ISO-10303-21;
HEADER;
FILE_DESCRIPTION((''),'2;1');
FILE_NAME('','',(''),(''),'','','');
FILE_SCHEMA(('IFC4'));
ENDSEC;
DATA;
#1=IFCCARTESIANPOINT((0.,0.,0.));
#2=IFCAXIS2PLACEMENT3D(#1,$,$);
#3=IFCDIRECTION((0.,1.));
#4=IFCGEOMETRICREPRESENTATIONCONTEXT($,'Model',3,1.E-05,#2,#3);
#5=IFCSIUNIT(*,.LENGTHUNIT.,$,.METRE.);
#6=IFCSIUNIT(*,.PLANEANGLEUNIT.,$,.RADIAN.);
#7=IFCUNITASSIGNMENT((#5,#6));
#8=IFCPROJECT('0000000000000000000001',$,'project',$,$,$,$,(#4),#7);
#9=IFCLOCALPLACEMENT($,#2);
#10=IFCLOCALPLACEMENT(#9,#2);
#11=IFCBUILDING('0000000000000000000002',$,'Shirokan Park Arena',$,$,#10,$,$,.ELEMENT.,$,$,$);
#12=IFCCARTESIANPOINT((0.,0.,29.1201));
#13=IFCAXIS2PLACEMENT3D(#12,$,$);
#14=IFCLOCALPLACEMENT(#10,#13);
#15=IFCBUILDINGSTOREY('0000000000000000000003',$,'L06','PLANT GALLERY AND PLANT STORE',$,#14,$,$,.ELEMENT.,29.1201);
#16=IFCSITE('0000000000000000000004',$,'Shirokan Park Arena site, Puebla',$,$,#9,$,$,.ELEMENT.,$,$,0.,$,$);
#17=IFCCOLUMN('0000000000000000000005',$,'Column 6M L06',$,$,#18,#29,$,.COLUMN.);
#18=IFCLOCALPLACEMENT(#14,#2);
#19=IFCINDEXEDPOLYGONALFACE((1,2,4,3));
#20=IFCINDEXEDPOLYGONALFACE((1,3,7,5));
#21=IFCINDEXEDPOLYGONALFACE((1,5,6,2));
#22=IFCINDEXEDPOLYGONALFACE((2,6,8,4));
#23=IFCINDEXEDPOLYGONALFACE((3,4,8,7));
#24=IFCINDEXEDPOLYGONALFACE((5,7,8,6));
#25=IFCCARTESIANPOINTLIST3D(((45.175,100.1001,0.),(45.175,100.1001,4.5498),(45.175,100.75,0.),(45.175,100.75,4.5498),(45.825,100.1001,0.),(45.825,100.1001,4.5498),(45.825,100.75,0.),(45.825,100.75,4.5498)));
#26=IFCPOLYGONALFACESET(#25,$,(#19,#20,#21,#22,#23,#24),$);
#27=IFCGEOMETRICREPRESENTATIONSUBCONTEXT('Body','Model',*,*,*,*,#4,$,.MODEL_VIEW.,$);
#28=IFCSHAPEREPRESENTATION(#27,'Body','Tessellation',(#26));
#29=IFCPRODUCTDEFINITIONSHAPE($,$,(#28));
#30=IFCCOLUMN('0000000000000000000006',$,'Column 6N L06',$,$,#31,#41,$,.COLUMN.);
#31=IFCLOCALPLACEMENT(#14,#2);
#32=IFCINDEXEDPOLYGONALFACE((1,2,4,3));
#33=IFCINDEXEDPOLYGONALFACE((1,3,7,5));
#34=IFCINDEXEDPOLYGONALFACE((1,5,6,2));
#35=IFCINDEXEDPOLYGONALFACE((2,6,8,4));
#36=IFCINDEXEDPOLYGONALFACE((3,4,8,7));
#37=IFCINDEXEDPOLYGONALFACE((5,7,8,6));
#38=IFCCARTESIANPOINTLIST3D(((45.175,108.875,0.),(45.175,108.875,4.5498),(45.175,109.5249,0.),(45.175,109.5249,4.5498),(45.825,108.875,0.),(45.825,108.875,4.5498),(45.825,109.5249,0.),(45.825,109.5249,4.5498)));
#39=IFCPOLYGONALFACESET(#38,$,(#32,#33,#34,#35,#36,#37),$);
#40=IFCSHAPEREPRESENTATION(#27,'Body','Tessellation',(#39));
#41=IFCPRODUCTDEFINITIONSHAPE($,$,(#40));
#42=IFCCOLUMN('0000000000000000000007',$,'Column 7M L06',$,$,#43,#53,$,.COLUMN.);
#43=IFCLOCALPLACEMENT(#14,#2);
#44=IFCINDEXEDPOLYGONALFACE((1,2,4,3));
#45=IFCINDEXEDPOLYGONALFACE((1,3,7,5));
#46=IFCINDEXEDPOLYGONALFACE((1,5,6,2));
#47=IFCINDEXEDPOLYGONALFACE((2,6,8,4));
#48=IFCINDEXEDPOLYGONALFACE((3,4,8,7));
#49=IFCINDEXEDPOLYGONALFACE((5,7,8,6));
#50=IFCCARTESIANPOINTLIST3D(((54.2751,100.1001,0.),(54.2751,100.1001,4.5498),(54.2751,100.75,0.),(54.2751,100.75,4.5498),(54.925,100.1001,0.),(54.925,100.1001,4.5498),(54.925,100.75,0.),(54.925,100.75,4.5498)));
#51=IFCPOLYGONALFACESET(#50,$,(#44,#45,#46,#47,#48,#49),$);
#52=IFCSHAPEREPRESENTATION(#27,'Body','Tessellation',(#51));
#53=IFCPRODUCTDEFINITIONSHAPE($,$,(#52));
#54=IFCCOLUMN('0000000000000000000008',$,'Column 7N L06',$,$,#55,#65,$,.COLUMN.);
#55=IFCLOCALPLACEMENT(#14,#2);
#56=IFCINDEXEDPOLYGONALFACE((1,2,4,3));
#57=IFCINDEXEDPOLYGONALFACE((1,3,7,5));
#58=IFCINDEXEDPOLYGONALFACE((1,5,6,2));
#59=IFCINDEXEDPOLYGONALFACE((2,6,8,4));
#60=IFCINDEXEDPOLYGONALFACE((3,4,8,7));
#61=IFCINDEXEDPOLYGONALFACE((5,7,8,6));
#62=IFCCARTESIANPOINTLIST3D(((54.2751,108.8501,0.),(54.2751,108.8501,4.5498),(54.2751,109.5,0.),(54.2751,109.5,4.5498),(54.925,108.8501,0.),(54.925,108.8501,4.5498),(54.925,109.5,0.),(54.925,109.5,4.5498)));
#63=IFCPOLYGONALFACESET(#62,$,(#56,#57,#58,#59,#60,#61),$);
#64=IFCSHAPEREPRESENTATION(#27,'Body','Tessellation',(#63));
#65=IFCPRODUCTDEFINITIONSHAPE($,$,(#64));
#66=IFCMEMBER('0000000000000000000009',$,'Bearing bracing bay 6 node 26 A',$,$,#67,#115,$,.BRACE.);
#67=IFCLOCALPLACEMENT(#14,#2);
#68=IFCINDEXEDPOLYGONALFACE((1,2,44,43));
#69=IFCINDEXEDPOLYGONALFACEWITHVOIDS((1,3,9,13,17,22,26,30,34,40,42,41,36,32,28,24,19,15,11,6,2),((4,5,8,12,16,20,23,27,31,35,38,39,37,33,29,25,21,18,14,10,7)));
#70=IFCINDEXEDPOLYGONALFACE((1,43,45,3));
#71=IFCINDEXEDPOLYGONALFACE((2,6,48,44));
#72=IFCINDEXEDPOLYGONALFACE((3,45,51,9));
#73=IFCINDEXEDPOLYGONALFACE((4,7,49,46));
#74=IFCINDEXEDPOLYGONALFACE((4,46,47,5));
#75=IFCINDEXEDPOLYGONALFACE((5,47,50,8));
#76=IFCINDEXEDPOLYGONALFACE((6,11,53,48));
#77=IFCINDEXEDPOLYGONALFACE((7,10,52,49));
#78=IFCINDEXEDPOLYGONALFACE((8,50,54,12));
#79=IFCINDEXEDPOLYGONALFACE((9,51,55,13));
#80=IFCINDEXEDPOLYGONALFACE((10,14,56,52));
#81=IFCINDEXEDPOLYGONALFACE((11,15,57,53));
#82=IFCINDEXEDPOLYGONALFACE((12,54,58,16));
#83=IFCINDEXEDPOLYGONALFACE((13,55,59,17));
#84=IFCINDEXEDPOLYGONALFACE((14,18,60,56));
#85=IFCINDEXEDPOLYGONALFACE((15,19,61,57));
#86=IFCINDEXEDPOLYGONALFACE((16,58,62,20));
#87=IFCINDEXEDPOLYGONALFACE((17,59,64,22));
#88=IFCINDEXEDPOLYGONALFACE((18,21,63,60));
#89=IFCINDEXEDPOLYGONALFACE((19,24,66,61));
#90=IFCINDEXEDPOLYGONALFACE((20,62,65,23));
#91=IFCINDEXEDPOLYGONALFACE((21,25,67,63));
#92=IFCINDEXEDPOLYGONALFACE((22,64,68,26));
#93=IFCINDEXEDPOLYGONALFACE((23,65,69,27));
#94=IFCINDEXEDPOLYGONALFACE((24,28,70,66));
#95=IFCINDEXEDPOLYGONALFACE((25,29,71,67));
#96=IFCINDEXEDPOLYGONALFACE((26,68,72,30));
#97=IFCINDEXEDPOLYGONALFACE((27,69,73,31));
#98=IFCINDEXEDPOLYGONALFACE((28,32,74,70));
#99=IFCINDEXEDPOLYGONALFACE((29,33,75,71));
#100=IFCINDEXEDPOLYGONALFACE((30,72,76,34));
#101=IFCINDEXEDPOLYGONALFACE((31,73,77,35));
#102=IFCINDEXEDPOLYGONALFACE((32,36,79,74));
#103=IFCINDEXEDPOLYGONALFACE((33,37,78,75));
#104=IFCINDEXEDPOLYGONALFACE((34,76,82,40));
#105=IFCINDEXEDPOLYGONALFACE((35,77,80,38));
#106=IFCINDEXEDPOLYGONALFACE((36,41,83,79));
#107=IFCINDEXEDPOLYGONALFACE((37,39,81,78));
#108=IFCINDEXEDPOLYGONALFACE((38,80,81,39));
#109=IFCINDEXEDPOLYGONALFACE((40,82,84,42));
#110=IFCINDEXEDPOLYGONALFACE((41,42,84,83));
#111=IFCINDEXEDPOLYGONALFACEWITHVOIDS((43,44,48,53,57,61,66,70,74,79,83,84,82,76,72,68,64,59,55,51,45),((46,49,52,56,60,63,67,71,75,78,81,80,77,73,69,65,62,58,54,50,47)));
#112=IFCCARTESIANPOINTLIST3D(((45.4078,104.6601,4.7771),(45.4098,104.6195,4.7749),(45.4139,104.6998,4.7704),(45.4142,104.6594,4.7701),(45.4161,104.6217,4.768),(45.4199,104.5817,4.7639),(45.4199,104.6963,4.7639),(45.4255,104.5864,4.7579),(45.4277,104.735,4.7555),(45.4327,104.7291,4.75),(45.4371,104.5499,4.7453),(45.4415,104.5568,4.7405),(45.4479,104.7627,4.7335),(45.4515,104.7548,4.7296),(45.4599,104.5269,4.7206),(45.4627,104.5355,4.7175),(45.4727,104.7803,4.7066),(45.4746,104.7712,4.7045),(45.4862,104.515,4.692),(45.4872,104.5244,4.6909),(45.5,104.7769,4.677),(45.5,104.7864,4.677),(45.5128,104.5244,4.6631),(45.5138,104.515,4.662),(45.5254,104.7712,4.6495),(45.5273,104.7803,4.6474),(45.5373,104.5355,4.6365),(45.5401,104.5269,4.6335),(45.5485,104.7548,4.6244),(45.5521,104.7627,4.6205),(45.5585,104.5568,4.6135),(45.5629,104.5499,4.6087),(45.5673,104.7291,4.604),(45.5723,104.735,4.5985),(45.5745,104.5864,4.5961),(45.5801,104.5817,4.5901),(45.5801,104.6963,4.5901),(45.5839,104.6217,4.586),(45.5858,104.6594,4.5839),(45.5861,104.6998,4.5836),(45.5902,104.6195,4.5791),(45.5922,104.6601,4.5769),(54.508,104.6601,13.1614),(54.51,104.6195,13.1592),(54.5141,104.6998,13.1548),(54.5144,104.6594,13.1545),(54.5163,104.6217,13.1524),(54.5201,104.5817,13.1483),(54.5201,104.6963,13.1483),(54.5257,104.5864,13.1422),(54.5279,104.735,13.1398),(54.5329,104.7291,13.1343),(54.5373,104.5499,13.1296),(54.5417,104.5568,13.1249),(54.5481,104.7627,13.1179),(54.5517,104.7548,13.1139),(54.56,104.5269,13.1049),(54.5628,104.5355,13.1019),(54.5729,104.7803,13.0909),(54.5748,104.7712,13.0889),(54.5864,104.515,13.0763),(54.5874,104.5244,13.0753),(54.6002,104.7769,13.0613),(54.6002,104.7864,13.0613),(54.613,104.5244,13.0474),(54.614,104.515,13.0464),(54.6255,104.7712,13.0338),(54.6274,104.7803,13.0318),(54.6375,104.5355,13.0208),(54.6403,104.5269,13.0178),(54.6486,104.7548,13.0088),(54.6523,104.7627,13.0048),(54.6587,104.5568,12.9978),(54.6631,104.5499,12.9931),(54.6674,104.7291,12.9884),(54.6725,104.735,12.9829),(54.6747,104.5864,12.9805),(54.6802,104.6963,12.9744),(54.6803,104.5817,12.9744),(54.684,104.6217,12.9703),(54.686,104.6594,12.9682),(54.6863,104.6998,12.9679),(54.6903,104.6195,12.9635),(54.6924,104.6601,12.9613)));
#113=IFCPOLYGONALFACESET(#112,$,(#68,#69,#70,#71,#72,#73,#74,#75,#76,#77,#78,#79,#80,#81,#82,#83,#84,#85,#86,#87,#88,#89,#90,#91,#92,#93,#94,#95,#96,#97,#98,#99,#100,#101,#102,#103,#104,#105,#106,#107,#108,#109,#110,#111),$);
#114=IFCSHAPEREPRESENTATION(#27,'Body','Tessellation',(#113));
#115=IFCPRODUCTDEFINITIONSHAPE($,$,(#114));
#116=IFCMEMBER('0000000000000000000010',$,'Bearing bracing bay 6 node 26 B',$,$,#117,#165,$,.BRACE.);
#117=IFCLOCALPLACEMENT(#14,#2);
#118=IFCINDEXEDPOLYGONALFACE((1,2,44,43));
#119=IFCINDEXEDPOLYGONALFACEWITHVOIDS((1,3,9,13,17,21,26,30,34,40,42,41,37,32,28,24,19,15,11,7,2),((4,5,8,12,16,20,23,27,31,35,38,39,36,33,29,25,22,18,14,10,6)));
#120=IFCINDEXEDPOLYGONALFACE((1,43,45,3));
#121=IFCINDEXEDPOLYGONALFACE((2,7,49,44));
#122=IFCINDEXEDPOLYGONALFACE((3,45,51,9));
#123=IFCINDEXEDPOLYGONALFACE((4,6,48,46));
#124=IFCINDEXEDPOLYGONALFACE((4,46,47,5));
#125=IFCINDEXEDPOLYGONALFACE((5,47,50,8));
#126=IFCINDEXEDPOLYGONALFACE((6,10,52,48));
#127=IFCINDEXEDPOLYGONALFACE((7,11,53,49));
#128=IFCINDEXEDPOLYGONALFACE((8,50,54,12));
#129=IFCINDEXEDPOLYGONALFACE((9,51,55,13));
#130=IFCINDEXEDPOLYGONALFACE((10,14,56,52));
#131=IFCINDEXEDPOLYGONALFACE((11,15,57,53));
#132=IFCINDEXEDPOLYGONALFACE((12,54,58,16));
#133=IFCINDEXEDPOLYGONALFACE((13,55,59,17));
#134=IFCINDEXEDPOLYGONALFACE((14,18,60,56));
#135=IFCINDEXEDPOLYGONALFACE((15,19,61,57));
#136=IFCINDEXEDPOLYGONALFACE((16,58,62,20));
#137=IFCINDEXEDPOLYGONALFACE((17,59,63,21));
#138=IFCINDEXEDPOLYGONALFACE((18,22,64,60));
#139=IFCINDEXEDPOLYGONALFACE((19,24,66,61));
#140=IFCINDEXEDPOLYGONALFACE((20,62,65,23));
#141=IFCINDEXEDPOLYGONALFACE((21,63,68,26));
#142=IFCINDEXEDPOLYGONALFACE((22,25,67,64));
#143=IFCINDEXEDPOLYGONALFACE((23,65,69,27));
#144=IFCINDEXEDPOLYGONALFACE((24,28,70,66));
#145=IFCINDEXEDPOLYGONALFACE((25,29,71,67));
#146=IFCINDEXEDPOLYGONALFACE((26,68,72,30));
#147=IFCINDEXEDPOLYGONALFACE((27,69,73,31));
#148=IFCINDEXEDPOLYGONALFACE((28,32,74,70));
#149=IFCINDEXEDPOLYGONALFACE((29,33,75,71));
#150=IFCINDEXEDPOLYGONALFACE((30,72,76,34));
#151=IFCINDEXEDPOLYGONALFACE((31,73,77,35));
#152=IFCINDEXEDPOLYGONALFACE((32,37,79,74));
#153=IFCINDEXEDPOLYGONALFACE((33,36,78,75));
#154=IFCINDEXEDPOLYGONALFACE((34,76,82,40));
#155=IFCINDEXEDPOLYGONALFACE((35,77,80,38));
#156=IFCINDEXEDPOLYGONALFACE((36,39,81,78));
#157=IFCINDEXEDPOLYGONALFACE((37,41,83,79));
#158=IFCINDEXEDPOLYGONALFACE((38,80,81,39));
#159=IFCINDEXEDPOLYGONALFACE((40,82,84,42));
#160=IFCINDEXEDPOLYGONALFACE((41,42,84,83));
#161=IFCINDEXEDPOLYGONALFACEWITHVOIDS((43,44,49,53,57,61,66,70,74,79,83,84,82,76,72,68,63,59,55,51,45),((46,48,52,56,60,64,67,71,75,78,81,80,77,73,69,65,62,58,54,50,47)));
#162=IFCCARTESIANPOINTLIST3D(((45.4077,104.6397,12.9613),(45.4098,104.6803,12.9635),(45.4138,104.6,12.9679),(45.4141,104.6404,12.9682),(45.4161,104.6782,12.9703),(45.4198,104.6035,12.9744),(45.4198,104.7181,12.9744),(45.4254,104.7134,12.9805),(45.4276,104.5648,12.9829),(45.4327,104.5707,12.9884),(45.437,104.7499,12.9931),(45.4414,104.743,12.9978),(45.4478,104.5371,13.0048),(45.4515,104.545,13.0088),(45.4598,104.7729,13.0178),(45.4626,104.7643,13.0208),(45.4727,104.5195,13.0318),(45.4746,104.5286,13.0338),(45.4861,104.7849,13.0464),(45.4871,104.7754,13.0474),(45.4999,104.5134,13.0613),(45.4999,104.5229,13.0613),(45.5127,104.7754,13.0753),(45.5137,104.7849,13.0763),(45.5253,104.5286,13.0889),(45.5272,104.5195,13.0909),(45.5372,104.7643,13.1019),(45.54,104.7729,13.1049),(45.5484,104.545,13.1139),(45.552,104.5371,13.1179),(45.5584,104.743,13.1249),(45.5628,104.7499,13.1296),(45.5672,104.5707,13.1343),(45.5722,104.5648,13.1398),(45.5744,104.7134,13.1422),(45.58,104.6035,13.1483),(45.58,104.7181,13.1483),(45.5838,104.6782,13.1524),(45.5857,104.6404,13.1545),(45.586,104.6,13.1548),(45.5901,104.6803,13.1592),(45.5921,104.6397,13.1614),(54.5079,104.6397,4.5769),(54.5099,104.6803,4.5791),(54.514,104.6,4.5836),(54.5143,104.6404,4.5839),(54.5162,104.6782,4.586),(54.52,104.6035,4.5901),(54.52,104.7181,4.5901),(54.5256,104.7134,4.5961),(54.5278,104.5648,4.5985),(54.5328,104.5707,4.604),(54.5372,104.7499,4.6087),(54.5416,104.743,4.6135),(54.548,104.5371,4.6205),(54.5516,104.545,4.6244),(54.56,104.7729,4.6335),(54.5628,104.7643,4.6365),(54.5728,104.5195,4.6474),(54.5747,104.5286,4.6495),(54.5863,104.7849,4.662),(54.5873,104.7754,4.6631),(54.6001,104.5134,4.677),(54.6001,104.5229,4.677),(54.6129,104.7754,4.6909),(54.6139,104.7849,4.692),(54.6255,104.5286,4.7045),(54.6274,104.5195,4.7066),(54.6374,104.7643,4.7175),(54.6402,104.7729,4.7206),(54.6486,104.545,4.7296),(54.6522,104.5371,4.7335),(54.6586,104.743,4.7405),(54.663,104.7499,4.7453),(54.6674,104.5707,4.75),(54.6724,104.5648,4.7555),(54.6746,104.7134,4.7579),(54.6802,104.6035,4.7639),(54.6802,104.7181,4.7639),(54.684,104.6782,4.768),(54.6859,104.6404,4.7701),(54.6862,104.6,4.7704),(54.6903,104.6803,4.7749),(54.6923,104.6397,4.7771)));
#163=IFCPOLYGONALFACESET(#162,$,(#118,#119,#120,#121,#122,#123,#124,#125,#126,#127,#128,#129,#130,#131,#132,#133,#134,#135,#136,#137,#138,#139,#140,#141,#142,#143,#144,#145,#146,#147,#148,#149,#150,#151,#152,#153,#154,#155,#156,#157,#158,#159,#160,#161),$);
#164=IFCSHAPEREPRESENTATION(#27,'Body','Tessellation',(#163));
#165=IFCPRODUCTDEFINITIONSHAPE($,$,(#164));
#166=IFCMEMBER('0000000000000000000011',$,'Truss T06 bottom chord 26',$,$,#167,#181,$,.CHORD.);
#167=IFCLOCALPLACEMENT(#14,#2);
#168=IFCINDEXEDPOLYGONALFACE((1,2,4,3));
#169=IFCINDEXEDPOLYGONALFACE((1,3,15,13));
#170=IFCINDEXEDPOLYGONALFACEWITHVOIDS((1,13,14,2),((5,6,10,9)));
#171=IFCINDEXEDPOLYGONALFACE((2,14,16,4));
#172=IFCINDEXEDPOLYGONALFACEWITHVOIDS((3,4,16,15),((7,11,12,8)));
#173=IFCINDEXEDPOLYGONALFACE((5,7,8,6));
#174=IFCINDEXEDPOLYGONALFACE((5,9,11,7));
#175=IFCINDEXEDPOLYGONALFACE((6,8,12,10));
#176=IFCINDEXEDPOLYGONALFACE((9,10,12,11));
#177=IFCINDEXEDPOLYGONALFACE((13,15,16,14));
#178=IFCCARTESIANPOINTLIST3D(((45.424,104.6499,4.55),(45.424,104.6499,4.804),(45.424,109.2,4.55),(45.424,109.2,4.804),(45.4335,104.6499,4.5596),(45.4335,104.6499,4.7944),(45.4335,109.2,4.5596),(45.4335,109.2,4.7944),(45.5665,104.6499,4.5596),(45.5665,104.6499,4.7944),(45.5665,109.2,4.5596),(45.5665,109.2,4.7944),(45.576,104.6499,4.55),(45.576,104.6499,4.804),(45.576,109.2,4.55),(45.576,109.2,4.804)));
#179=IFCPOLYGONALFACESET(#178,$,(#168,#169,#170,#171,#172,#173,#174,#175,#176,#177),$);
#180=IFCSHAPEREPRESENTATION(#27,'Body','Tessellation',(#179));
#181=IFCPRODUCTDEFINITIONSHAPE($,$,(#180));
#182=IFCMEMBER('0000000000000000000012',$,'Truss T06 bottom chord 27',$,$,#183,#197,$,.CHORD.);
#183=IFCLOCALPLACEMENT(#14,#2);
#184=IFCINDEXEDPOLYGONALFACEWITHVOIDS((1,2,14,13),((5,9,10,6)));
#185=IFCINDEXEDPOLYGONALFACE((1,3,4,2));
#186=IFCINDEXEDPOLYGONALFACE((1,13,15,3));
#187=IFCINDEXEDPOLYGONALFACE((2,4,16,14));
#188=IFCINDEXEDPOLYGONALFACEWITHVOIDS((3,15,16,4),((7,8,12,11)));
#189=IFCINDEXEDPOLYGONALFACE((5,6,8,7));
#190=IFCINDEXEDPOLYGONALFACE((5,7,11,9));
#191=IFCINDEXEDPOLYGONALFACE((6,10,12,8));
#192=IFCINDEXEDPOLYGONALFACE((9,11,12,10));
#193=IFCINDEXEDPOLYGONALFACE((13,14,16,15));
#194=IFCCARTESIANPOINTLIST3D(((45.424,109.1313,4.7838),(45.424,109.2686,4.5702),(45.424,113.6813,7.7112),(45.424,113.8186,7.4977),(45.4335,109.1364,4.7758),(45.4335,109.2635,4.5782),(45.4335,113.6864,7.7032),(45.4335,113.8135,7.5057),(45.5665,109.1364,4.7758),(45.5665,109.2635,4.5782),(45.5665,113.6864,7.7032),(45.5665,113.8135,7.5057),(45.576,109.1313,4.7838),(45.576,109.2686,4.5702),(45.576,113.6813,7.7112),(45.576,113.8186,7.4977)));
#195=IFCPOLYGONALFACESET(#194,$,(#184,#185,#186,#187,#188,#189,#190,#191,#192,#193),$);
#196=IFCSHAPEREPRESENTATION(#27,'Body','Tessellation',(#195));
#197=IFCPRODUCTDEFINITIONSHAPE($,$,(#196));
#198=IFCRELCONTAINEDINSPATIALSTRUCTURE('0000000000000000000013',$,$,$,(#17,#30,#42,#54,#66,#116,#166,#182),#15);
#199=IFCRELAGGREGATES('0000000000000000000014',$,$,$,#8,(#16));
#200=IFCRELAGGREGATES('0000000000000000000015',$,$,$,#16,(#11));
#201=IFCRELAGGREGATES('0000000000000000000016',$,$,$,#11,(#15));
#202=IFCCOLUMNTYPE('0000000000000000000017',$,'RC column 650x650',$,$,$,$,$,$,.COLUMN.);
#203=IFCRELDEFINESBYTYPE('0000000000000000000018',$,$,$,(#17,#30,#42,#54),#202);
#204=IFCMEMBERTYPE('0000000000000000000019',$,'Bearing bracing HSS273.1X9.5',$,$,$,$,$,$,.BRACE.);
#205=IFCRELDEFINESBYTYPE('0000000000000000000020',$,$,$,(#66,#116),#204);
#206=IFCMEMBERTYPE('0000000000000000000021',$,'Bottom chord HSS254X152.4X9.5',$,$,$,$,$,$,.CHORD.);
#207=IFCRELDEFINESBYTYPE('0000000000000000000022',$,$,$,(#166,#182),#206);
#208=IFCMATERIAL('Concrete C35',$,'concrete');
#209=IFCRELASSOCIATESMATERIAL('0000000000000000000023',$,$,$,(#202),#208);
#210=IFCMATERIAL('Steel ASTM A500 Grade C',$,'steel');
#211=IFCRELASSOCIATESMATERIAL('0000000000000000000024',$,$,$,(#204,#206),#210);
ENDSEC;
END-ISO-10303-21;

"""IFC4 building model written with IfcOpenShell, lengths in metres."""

from ifc_helpers import new_model, si_unit, direction, frame, origin, origin_2d, place, context, subcontext, project, spatial, rectangle, hollow_rectangle, hollow_circle, extrude, material, material_profile, profile_set, type_object, element, save


model = new_model("IFC4")

# Units and contexts
model_context = context("Model", 3, precision=1e-05, world=origin(), true_north=direction((0.0, 1.0)))
body_context = subcontext(model_context, "Body", "Model", "MODEL_VIEW")
ifc_project = project(units=[si_unit("LENGTHUNIT", "METRE"), si_unit("PLANEANGLEUNIT", "RADIAN")], contexts=[model_context])

# Site, building, storey
site_placement = place(None, origin())
site = spatial("IfcSite", under=ifc_project, at=site_placement, Name="Shirokan Park Arena site, Puebla", CompositionType="ELEMENT", RefElevation=0.0)
building_placement = place(site_placement, origin())
building = spatial("IfcBuilding", under=site, at=building_placement, Name="Shirokan Park Arena", CompositionType="ELEMENT")
storey_placement = place(building_placement, frame((0.0, 0.0, 29.1201)))
storey = spatial("IfcBuildingStorey", under=building, at=storey_placement, Name="L06", Description="PLANT GALLERY AND PLANT STORE", CompositionType="ELEMENT", Elevation=29.1201)

# Columns
ifc_material_1 = material(Name="Concrete C35", Category="concrete")
ifc_material_profile_1 = material_profile(ifc_material_1, rectangle(XDim=0.6499, YDim=0.6499, at=origin_2d()), Name="650x650")
ifc_profile_set_1 = profile_set([ifc_material_profile_1], Name="Concrete C35")
column_type = type_object("IfcColumnType", Name="RC column 650x650", PredefinedType="COLUMN", material=ifc_profile_set_1)
for number, where, z_axis, x_axis, name in (
    (1, (45.5, 100.425, 0.0), (0.0, 0.0, 1.0), (1.0, 0.0, 0.0), "Column 6M L06"),
    (2, (45.5, 109.2, 0.0), (0.0, 0.0, 1.0), (1.0, 0.0, 0.0), "Column 6N L06"),
    (3, (54.6001, 100.425, 0.0), (0.0, 0.0, 1.0), (1.0, 0.0, 0.0), "Column 7M L06"),
    (4, (54.6001, 109.175, 0.0), (0.0, 0.0, 1.0), (1.0, 0.0, 0.0), "Column 7N L06"),
):
    element("IfcColumn", number, at=place(storey_placement, frame(where, z_axis=z_axis, x_axis=x_axis)), inside=storey, type_object=column_type, Name=name, PredefinedType="COLUMN", context=body_context, shape_type="SweptSolid", body=[
        extrude(rectangle(XDim=0.6499, YDim=0.6499, at=origin_2d()), origin(), (0.0, 0.0, 1.0), 4.5498),
    ])

# Members
ifc_material_2 = material(Name="Steel ASTM A500 Grade C", Category="steel")
ifc_material_profile_2 = material_profile(ifc_material_2, hollow_circle(Radius=0.1365, WallThickness=0.0095, at=origin_2d()), Name="HSS273.1X9.5")
ifc_profile_set_2 = profile_set([ifc_material_profile_2], Name="Steel ASTM A500 Grade C")
member_type_1 = type_object("IfcMemberType", Name="Bearing bracing HSS273.1X9.5", PredefinedType="BRACE", material=ifc_profile_set_2)
for number, where, z_axis, x_axis, name in (
    (5, (45.5, 104.6499, 4.677), (0.73544, 0.0, 0.67759), (0.0, 1.0, 0.0), "Bearing bracing bay 6 node 26 A"),
    (6, (54.6001, 104.6499, 4.677), (-0.73544, 0.0, 0.67759), (0.0, -1.0, 0.0), "Bearing bracing bay 6 node 26 B"),
):
    element("IfcMember", number, at=place(storey_placement, frame(where, z_axis=z_axis, x_axis=x_axis)), inside=storey, type_object=member_type_1, Name=name, PredefinedType="BRACE", context=body_context, shape_type="SweptSolid", body=[
        extrude(hollow_circle(Radius=0.1365, WallThickness=0.0095, at=origin_2d()), origin(), (0.0, 0.0, 1.0), 12.3738),
    ])
ifc_material_profile_3 = material_profile(ifc_material_2, hollow_rectangle(XDim=0.1521, YDim=0.2539, WallThickness=0.0095, at=origin_2d()), Name="HSS254X152.4X9.5")
ifc_profile_set_3 = profile_set([ifc_material_profile_3], Name="Steel ASTM A500 Grade C")
member_type_2 = type_object("IfcMemberType", Name="Bottom chord HSS254X152.4X9.5", PredefinedType="CHORD", material=ifc_profile_set_3)
member_1_placement = place(storey_placement, frame((45.5, 104.6499, 4.677), z_axis=(0.0, 1.0, 0.0), x_axis=(-1.0, 0.0, 0.0)))
element("IfcMember", 7, at=member_1_placement, inside=storey, type_object=member_type_2, Name="Truss T06 bottom chord 26", PredefinedType="CHORD", context=body_context, shape_type="SweptSolid", body=[
    extrude(hollow_rectangle(XDim=0.1521, YDim=0.2539, WallThickness=0.0095, at=origin_2d()), origin(), (0.0, 0.0, 1.0), 4.55),
])
for number, where, z_axis, x_axis, name in (
    (8, (45.5, 109.2, 4.677), (0.0, 0.840972, 0.541079), (-1.0, 0.0, 0.0), "Truss T06 bottom chord 27"),
):
    element("IfcMember", number, at=place(storey_placement, frame(where, z_axis=z_axis, x_axis=x_axis)), inside=storey, type_object=member_type_2, Name=name, PredefinedType="CHORD", context=body_context, shape_type="SweptSolid", body=[
        extrude(hollow_rectangle(XDim=0.1521, YDim=0.2539, WallThickness=0.0095, at=origin_2d()), origin(), (0.0, 0.0, 1.0), 5.4104),
    ])

save(model, "model.ifc")
